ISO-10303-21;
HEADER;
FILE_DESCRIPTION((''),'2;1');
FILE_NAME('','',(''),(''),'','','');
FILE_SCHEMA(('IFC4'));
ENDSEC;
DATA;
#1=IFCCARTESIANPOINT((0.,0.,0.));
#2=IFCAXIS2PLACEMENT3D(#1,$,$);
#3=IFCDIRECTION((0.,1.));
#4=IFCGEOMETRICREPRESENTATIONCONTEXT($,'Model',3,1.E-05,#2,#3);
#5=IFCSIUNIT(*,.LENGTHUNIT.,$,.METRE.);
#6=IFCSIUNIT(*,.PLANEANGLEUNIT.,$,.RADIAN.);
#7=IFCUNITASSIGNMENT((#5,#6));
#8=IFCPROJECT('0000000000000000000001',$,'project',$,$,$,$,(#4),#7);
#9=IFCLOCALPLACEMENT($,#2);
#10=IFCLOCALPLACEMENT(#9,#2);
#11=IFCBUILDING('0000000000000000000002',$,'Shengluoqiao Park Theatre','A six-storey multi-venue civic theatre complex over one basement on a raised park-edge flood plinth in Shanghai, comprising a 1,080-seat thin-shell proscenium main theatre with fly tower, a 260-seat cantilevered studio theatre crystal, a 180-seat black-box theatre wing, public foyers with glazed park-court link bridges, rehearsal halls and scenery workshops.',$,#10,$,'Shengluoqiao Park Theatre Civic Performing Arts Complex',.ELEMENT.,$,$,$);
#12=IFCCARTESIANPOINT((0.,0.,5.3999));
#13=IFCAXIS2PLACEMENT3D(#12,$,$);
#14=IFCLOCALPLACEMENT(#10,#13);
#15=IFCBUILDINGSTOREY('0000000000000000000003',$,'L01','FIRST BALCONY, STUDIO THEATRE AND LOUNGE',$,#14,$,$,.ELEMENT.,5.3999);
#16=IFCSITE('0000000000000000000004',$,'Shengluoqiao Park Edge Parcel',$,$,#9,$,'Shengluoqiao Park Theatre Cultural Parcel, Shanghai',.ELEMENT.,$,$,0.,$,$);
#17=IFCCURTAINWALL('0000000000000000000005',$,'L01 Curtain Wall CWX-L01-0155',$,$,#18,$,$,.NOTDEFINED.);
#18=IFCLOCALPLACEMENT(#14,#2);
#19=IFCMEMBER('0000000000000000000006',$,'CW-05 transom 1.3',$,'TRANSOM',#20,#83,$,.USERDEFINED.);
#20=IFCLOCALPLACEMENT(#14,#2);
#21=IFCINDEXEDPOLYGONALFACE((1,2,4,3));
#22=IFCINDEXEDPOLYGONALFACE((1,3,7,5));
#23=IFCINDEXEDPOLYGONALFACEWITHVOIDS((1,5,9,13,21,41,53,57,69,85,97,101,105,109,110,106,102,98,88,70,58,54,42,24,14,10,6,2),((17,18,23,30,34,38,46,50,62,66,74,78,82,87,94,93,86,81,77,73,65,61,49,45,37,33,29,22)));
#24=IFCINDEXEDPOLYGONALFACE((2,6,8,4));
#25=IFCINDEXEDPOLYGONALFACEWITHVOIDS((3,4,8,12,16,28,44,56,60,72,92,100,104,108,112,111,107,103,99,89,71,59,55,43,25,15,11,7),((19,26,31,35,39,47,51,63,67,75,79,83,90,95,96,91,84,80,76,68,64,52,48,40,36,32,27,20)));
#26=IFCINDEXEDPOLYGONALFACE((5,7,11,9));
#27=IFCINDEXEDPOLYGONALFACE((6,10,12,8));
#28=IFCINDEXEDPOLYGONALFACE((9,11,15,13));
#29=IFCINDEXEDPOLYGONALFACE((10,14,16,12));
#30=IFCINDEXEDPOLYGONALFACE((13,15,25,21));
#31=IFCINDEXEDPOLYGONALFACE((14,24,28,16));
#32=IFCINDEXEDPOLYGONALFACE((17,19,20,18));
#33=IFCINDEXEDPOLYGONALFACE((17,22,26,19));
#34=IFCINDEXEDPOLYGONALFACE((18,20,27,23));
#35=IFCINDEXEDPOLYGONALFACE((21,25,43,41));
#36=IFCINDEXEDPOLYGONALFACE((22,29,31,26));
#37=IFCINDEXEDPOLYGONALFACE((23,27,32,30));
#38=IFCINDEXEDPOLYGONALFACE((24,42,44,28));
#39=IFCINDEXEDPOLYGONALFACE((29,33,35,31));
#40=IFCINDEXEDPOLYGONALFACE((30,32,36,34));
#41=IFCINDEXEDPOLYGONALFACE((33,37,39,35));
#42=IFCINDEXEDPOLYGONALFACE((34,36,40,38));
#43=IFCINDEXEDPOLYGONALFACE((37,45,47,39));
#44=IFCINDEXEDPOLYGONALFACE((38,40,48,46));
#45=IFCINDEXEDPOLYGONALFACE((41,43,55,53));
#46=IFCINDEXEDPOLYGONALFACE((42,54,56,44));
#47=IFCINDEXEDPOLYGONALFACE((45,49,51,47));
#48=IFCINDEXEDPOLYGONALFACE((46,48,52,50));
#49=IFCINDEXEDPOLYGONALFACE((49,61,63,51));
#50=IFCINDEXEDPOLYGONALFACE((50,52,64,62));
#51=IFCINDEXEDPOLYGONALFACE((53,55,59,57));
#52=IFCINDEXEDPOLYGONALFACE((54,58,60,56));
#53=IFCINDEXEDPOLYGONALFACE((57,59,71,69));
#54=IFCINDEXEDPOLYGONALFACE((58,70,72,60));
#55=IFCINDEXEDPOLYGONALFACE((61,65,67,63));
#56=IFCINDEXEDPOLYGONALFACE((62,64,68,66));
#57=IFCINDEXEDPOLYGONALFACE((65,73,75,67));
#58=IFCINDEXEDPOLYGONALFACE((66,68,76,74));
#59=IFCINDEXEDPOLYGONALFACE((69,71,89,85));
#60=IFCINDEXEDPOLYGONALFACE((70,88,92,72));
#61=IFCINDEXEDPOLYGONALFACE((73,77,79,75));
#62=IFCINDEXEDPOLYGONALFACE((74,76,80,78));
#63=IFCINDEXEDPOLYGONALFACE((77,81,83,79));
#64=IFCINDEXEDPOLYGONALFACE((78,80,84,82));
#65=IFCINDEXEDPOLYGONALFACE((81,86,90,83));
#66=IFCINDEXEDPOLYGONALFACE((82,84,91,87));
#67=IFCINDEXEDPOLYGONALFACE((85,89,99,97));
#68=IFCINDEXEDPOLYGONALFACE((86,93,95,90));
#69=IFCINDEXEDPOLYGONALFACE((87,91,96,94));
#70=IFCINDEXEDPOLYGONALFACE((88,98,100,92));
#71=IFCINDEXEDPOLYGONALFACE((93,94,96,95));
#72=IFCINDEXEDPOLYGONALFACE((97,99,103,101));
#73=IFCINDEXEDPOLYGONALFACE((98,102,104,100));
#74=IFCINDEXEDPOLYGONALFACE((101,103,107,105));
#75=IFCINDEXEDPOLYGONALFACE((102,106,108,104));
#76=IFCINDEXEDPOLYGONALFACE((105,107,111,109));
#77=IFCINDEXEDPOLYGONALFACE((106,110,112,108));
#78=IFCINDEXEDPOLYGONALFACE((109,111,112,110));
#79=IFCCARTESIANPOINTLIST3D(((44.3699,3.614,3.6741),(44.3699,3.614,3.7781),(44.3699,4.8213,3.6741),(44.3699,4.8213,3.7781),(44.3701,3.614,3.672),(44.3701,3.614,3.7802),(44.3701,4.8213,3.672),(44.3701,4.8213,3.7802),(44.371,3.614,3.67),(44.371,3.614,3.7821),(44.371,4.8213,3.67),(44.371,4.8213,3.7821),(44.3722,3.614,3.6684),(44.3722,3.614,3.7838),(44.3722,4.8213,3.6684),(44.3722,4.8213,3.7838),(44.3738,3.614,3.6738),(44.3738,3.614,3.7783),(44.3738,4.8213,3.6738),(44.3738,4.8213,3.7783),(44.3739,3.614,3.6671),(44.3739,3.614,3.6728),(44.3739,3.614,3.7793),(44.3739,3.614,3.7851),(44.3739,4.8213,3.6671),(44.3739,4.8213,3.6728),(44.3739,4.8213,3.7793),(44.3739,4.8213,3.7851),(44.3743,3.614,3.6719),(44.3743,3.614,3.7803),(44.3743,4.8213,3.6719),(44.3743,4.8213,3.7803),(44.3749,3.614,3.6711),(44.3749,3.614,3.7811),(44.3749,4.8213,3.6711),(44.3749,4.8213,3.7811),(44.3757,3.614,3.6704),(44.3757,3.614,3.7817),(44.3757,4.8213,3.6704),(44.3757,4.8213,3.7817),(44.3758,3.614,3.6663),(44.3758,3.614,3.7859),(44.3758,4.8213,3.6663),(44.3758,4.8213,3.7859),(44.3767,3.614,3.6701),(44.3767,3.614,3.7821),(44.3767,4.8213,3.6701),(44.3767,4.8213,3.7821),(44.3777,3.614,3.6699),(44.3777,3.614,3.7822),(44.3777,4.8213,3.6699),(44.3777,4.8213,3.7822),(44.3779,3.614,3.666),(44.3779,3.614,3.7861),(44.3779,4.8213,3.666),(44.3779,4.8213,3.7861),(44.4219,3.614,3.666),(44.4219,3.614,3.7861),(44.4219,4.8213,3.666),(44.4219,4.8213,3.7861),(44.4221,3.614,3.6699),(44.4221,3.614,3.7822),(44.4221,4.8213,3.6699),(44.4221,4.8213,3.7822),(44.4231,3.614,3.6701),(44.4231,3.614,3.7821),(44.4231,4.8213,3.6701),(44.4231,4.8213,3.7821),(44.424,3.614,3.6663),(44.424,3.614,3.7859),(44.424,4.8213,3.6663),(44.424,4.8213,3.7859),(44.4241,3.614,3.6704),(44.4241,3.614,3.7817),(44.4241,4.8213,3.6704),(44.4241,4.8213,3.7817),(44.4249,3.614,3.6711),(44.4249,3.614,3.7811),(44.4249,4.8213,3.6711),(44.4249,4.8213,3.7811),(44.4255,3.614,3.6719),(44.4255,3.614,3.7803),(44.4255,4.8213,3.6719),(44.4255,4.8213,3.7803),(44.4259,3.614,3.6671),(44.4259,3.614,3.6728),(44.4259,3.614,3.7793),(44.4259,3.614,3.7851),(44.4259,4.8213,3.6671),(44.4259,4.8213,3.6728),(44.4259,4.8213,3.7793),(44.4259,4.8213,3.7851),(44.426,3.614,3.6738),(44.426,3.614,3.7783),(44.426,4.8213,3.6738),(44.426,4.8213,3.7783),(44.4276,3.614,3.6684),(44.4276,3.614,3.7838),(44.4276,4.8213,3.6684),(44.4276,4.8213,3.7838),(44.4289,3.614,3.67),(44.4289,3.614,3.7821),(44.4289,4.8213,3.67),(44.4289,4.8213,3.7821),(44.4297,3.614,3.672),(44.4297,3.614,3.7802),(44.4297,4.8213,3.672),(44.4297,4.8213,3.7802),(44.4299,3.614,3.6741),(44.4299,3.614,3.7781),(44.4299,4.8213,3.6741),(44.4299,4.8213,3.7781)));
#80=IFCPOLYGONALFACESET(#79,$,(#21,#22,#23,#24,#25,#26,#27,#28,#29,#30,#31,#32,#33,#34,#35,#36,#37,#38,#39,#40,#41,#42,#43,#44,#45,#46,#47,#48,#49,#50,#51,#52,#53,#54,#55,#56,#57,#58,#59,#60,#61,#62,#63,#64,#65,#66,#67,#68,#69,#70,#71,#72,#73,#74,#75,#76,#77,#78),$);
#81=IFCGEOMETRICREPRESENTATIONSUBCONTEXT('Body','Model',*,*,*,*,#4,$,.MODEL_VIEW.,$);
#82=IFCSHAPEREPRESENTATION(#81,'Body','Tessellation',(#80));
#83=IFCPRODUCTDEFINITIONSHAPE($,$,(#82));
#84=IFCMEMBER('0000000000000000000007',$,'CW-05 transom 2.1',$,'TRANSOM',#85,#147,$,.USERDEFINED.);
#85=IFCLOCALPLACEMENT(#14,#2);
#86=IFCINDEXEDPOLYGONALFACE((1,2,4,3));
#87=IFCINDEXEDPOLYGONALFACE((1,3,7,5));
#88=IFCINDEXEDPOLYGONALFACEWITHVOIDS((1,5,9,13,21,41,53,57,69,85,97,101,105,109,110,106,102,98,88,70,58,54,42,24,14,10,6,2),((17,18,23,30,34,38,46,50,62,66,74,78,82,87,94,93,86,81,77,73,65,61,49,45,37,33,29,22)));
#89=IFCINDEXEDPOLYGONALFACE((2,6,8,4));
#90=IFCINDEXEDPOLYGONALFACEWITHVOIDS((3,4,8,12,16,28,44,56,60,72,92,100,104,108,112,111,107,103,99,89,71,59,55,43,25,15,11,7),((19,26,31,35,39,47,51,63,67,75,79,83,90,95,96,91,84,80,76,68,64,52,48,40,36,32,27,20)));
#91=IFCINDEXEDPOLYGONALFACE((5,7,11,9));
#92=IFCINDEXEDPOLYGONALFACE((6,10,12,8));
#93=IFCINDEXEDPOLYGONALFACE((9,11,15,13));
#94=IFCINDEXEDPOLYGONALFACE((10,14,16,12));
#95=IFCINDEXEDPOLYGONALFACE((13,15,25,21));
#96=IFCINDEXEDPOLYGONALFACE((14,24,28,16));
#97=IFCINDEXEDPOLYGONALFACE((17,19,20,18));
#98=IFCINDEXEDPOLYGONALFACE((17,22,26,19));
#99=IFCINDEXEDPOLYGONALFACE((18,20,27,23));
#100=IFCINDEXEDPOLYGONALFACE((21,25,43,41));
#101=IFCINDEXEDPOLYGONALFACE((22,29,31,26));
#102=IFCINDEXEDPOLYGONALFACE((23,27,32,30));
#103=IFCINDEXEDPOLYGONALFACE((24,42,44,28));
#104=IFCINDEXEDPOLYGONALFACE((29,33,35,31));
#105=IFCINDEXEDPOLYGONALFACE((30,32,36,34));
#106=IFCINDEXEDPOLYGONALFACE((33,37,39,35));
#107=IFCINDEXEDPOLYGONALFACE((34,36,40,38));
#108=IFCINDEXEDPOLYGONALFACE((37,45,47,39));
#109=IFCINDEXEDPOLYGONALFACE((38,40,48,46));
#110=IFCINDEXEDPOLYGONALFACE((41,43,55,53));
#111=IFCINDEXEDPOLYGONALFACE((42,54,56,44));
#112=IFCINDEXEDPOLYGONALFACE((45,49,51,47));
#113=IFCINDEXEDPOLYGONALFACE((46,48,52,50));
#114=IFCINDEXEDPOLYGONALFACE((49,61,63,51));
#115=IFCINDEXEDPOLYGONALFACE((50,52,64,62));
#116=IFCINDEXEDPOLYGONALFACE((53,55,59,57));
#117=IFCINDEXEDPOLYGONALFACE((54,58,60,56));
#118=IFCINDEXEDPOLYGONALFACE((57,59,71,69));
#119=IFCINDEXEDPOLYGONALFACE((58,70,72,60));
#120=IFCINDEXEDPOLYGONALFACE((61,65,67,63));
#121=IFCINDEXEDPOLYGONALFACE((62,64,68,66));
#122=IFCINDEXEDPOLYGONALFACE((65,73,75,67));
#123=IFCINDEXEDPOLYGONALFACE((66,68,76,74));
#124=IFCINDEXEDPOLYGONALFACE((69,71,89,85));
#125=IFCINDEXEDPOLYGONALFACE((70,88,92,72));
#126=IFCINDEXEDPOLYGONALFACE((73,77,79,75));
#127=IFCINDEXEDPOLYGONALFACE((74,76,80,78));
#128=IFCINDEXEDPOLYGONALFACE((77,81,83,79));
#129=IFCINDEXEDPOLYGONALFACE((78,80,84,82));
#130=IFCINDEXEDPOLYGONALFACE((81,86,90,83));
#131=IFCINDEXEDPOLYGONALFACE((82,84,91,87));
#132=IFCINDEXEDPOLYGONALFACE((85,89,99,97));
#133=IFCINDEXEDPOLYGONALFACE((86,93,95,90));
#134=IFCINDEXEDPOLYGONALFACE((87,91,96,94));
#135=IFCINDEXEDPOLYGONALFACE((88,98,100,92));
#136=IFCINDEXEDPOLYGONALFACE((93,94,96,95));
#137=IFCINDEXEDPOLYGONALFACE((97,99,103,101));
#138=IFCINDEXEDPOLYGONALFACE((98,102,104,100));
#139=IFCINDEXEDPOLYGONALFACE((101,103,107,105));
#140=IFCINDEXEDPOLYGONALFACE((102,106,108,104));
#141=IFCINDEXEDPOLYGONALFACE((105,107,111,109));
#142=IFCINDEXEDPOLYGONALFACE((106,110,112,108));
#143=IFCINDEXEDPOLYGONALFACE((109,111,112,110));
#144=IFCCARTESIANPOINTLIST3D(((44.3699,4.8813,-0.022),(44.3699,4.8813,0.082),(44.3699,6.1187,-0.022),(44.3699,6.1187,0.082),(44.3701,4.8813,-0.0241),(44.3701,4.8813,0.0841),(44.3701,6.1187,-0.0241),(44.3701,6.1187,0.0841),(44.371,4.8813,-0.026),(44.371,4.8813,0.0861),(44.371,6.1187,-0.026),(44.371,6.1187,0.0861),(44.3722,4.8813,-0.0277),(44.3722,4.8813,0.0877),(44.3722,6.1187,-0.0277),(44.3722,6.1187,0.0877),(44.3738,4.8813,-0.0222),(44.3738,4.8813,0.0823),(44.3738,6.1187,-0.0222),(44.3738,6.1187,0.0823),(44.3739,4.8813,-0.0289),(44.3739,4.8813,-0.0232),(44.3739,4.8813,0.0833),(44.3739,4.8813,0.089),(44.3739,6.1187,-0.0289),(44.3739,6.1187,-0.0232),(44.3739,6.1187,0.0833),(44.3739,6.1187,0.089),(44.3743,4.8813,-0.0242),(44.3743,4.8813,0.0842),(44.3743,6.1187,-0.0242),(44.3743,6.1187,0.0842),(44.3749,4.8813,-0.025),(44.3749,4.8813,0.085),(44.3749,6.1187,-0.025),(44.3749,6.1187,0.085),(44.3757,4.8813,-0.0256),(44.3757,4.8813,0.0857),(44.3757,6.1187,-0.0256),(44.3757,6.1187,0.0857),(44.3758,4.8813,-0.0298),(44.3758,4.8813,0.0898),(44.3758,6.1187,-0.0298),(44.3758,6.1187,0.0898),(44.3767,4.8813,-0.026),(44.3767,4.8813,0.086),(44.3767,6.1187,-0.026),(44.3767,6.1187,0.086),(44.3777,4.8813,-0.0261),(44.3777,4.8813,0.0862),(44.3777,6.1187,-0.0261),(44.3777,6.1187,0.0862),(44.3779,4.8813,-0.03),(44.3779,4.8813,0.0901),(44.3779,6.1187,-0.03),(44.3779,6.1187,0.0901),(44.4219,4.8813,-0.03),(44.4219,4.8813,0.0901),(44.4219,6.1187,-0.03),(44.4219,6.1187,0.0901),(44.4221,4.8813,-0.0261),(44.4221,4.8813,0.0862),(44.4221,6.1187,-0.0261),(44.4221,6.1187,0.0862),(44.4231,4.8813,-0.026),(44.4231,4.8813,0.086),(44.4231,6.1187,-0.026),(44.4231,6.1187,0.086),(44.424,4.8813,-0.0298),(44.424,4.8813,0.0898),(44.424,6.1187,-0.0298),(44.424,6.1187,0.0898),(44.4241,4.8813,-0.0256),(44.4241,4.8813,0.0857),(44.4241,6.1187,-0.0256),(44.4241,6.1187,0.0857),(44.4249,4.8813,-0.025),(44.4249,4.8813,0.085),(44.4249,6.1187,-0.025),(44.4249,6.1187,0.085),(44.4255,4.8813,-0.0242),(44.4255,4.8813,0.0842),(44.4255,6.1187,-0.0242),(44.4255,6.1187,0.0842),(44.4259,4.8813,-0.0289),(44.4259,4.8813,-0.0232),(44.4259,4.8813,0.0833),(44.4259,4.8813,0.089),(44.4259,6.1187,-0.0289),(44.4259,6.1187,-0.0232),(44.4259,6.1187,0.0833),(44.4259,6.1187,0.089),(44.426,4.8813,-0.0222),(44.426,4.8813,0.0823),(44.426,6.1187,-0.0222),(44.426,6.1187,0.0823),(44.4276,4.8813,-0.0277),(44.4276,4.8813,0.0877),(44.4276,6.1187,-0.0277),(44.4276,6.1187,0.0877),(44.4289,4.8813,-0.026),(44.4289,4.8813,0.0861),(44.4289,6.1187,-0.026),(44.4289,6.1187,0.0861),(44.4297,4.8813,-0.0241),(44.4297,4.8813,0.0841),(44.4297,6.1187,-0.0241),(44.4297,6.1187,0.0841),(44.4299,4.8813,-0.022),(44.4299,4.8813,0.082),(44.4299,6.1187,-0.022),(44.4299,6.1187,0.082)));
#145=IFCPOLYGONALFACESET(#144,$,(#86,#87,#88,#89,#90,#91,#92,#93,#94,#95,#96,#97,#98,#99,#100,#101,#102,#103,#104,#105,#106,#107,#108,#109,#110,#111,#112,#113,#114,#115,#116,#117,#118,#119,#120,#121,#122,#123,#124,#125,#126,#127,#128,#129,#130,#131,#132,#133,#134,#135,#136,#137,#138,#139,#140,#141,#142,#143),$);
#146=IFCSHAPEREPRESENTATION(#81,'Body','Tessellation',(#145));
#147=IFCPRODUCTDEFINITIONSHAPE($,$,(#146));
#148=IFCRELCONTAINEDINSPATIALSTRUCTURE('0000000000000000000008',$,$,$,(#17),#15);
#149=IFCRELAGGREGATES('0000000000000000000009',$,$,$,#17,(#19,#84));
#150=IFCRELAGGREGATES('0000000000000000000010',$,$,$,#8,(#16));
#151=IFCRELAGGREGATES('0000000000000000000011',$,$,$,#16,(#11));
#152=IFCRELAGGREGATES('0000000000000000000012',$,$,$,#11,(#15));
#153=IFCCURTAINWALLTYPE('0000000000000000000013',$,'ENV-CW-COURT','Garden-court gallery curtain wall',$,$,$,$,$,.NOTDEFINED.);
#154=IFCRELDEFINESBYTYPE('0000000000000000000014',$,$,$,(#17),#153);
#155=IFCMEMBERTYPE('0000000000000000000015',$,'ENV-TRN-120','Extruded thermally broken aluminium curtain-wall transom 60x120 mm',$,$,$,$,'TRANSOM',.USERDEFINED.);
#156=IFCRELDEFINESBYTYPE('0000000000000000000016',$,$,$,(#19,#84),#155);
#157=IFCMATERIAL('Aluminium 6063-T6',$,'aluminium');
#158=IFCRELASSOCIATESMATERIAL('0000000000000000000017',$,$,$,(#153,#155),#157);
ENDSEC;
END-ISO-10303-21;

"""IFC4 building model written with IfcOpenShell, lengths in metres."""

from ifc_helpers import new_model, si_unit, direction, frame, origin, origin_2d, place, context, subcontext, project, spatial, hollow_rectangle, extrude, material, material_profile, profile_set, type_object, element, aggregate, save


model = new_model("IFC4")

# Units and contexts
model_context = context("Model", 3, precision=1e-05, world=origin(), true_north=direction((0.0, 1.0)))
body_context = subcontext(model_context, "Body", "Model", "MODEL_VIEW")
ifc_project = project(units=[si_unit("LENGTHUNIT", "METRE"), si_unit("PLANEANGLEUNIT", "RADIAN")], contexts=[model_context])

# Site, building, storey
site_placement = place(None, origin())
site = spatial("IfcSite", under=ifc_project, at=site_placement, Name="Shengluoqiao Park Edge Parcel", LongName="Shengluoqiao Park Theatre Cultural Parcel, Shanghai", CompositionType="ELEMENT", RefElevation=0.0)
building_placement = place(site_placement, origin())
building = spatial("IfcBuilding", under=site, at=building_placement, Name="Shengluoqiao Park Theatre", Description="A six-storey multi-venue civic theatre complex over one basement on a raised park-edge flood plinth in Shanghai, comprising a 1,080-seat thin-shell proscenium main theatre with fly tower, a 260-seat cantilevered studio theatre crystal, a 180-seat black-box theatre wing, public foyers with glazed park-court link bridges, rehearsal halls and scenery workshops.", LongName="Shengluoqiao Park Theatre Civic Performing Arts Complex", CompositionType="ELEMENT")
storey_placement = place(building_placement, frame((0.0, 0.0, 5.3999)))
storey = spatial("IfcBuildingStorey", under=building, at=storey_placement, Name="L01", Description="FIRST BALCONY, STUDIO THEATRE AND LOUNGE", CompositionType="ELEMENT", Elevation=5.3999)

# Curtain wall, members
ifc_material_1 = material(Name="Aluminium 6063-T6", Category="aluminium")
curtain_wall_type = type_object("IfcCurtainWallType", Name="ENV-CW-COURT", Description="Garden-court gallery curtain wall", PredefinedType="NOTDEFINED", material=ifc_material_1)
curtain_wall_placement = place(storey_placement, origin())
curtain_wall = element("IfcCurtainWall", 1, at=curtain_wall_placement, inside=storey, type_object=curtain_wall_type, Name="L01 Curtain Wall CWX-L01-0155", PredefinedType="NOTDEFINED")
ifc_material_profile_1 = material_profile(ifc_material_1, hollow_rectangle(XDim=0.0601, YDim=0.1201, WallThickness=0.0039, InnerFilletRadius=0.0039, OuterFilletRadius=0.0081, at=origin_2d()), Name="ALU TRANSOM 120x60x4")
ifc_profile_set_1 = profile_set([ifc_material_profile_1], Name="Aluminium 6063-T6")
member_type_1 = type_object("IfcMemberType", Name="ENV-TRN-120", Description="Extruded thermally broken aluminium curtain-wall transom 60x120 mm", ElementType="TRANSOM", PredefinedType="USERDEFINED", material=ifc_profile_set_1)
member_1_placement = place(storey_placement, frame((44.3999, 3.614, 3.7261), z_axis=(0.0, 1.0, 0.0), x_axis=(-1.0, 0.0, 0.0)))
member_1 = element("IfcMember", 2, at=member_1_placement, type_object=member_type_1, Name="CW-05 transom 1.3", ObjectType="TRANSOM", PredefinedType="USERDEFINED", context=body_context, shape_type="SweptSolid", body=[
    extrude(hollow_rectangle(XDim=0.0601, YDim=0.1201, WallThickness=0.0039, InnerFilletRadius=0.0039, OuterFilletRadius=0.0081, at=origin_2d()), origin(), (0.0, 0.0, 1.0), 1.2073),
])
member_2_placement = place(storey_placement, frame((44.3999, 4.8813, 0.03), z_axis=(0.0, 1.0, 0.0), x_axis=(-1.0, 0.0, 0.0)))
member_2 = element("IfcMember", 3, at=member_2_placement, type_object=member_type_1, Name="CW-05 transom 2.1", ObjectType="TRANSOM", PredefinedType="USERDEFINED", context=body_context, shape_type="SweptSolid", body=[
    extrude(hollow_rectangle(XDim=0.0601, YDim=0.1201, WallThickness=0.0039, InnerFilletRadius=0.0039, OuterFilletRadius=0.0081, at=origin_2d()), origin(), (0.0, 0.0, 1.0), 1.2373),
])

aggregate(curtain_wall, [member_1, member_2])

save(model, "model.ifc")
